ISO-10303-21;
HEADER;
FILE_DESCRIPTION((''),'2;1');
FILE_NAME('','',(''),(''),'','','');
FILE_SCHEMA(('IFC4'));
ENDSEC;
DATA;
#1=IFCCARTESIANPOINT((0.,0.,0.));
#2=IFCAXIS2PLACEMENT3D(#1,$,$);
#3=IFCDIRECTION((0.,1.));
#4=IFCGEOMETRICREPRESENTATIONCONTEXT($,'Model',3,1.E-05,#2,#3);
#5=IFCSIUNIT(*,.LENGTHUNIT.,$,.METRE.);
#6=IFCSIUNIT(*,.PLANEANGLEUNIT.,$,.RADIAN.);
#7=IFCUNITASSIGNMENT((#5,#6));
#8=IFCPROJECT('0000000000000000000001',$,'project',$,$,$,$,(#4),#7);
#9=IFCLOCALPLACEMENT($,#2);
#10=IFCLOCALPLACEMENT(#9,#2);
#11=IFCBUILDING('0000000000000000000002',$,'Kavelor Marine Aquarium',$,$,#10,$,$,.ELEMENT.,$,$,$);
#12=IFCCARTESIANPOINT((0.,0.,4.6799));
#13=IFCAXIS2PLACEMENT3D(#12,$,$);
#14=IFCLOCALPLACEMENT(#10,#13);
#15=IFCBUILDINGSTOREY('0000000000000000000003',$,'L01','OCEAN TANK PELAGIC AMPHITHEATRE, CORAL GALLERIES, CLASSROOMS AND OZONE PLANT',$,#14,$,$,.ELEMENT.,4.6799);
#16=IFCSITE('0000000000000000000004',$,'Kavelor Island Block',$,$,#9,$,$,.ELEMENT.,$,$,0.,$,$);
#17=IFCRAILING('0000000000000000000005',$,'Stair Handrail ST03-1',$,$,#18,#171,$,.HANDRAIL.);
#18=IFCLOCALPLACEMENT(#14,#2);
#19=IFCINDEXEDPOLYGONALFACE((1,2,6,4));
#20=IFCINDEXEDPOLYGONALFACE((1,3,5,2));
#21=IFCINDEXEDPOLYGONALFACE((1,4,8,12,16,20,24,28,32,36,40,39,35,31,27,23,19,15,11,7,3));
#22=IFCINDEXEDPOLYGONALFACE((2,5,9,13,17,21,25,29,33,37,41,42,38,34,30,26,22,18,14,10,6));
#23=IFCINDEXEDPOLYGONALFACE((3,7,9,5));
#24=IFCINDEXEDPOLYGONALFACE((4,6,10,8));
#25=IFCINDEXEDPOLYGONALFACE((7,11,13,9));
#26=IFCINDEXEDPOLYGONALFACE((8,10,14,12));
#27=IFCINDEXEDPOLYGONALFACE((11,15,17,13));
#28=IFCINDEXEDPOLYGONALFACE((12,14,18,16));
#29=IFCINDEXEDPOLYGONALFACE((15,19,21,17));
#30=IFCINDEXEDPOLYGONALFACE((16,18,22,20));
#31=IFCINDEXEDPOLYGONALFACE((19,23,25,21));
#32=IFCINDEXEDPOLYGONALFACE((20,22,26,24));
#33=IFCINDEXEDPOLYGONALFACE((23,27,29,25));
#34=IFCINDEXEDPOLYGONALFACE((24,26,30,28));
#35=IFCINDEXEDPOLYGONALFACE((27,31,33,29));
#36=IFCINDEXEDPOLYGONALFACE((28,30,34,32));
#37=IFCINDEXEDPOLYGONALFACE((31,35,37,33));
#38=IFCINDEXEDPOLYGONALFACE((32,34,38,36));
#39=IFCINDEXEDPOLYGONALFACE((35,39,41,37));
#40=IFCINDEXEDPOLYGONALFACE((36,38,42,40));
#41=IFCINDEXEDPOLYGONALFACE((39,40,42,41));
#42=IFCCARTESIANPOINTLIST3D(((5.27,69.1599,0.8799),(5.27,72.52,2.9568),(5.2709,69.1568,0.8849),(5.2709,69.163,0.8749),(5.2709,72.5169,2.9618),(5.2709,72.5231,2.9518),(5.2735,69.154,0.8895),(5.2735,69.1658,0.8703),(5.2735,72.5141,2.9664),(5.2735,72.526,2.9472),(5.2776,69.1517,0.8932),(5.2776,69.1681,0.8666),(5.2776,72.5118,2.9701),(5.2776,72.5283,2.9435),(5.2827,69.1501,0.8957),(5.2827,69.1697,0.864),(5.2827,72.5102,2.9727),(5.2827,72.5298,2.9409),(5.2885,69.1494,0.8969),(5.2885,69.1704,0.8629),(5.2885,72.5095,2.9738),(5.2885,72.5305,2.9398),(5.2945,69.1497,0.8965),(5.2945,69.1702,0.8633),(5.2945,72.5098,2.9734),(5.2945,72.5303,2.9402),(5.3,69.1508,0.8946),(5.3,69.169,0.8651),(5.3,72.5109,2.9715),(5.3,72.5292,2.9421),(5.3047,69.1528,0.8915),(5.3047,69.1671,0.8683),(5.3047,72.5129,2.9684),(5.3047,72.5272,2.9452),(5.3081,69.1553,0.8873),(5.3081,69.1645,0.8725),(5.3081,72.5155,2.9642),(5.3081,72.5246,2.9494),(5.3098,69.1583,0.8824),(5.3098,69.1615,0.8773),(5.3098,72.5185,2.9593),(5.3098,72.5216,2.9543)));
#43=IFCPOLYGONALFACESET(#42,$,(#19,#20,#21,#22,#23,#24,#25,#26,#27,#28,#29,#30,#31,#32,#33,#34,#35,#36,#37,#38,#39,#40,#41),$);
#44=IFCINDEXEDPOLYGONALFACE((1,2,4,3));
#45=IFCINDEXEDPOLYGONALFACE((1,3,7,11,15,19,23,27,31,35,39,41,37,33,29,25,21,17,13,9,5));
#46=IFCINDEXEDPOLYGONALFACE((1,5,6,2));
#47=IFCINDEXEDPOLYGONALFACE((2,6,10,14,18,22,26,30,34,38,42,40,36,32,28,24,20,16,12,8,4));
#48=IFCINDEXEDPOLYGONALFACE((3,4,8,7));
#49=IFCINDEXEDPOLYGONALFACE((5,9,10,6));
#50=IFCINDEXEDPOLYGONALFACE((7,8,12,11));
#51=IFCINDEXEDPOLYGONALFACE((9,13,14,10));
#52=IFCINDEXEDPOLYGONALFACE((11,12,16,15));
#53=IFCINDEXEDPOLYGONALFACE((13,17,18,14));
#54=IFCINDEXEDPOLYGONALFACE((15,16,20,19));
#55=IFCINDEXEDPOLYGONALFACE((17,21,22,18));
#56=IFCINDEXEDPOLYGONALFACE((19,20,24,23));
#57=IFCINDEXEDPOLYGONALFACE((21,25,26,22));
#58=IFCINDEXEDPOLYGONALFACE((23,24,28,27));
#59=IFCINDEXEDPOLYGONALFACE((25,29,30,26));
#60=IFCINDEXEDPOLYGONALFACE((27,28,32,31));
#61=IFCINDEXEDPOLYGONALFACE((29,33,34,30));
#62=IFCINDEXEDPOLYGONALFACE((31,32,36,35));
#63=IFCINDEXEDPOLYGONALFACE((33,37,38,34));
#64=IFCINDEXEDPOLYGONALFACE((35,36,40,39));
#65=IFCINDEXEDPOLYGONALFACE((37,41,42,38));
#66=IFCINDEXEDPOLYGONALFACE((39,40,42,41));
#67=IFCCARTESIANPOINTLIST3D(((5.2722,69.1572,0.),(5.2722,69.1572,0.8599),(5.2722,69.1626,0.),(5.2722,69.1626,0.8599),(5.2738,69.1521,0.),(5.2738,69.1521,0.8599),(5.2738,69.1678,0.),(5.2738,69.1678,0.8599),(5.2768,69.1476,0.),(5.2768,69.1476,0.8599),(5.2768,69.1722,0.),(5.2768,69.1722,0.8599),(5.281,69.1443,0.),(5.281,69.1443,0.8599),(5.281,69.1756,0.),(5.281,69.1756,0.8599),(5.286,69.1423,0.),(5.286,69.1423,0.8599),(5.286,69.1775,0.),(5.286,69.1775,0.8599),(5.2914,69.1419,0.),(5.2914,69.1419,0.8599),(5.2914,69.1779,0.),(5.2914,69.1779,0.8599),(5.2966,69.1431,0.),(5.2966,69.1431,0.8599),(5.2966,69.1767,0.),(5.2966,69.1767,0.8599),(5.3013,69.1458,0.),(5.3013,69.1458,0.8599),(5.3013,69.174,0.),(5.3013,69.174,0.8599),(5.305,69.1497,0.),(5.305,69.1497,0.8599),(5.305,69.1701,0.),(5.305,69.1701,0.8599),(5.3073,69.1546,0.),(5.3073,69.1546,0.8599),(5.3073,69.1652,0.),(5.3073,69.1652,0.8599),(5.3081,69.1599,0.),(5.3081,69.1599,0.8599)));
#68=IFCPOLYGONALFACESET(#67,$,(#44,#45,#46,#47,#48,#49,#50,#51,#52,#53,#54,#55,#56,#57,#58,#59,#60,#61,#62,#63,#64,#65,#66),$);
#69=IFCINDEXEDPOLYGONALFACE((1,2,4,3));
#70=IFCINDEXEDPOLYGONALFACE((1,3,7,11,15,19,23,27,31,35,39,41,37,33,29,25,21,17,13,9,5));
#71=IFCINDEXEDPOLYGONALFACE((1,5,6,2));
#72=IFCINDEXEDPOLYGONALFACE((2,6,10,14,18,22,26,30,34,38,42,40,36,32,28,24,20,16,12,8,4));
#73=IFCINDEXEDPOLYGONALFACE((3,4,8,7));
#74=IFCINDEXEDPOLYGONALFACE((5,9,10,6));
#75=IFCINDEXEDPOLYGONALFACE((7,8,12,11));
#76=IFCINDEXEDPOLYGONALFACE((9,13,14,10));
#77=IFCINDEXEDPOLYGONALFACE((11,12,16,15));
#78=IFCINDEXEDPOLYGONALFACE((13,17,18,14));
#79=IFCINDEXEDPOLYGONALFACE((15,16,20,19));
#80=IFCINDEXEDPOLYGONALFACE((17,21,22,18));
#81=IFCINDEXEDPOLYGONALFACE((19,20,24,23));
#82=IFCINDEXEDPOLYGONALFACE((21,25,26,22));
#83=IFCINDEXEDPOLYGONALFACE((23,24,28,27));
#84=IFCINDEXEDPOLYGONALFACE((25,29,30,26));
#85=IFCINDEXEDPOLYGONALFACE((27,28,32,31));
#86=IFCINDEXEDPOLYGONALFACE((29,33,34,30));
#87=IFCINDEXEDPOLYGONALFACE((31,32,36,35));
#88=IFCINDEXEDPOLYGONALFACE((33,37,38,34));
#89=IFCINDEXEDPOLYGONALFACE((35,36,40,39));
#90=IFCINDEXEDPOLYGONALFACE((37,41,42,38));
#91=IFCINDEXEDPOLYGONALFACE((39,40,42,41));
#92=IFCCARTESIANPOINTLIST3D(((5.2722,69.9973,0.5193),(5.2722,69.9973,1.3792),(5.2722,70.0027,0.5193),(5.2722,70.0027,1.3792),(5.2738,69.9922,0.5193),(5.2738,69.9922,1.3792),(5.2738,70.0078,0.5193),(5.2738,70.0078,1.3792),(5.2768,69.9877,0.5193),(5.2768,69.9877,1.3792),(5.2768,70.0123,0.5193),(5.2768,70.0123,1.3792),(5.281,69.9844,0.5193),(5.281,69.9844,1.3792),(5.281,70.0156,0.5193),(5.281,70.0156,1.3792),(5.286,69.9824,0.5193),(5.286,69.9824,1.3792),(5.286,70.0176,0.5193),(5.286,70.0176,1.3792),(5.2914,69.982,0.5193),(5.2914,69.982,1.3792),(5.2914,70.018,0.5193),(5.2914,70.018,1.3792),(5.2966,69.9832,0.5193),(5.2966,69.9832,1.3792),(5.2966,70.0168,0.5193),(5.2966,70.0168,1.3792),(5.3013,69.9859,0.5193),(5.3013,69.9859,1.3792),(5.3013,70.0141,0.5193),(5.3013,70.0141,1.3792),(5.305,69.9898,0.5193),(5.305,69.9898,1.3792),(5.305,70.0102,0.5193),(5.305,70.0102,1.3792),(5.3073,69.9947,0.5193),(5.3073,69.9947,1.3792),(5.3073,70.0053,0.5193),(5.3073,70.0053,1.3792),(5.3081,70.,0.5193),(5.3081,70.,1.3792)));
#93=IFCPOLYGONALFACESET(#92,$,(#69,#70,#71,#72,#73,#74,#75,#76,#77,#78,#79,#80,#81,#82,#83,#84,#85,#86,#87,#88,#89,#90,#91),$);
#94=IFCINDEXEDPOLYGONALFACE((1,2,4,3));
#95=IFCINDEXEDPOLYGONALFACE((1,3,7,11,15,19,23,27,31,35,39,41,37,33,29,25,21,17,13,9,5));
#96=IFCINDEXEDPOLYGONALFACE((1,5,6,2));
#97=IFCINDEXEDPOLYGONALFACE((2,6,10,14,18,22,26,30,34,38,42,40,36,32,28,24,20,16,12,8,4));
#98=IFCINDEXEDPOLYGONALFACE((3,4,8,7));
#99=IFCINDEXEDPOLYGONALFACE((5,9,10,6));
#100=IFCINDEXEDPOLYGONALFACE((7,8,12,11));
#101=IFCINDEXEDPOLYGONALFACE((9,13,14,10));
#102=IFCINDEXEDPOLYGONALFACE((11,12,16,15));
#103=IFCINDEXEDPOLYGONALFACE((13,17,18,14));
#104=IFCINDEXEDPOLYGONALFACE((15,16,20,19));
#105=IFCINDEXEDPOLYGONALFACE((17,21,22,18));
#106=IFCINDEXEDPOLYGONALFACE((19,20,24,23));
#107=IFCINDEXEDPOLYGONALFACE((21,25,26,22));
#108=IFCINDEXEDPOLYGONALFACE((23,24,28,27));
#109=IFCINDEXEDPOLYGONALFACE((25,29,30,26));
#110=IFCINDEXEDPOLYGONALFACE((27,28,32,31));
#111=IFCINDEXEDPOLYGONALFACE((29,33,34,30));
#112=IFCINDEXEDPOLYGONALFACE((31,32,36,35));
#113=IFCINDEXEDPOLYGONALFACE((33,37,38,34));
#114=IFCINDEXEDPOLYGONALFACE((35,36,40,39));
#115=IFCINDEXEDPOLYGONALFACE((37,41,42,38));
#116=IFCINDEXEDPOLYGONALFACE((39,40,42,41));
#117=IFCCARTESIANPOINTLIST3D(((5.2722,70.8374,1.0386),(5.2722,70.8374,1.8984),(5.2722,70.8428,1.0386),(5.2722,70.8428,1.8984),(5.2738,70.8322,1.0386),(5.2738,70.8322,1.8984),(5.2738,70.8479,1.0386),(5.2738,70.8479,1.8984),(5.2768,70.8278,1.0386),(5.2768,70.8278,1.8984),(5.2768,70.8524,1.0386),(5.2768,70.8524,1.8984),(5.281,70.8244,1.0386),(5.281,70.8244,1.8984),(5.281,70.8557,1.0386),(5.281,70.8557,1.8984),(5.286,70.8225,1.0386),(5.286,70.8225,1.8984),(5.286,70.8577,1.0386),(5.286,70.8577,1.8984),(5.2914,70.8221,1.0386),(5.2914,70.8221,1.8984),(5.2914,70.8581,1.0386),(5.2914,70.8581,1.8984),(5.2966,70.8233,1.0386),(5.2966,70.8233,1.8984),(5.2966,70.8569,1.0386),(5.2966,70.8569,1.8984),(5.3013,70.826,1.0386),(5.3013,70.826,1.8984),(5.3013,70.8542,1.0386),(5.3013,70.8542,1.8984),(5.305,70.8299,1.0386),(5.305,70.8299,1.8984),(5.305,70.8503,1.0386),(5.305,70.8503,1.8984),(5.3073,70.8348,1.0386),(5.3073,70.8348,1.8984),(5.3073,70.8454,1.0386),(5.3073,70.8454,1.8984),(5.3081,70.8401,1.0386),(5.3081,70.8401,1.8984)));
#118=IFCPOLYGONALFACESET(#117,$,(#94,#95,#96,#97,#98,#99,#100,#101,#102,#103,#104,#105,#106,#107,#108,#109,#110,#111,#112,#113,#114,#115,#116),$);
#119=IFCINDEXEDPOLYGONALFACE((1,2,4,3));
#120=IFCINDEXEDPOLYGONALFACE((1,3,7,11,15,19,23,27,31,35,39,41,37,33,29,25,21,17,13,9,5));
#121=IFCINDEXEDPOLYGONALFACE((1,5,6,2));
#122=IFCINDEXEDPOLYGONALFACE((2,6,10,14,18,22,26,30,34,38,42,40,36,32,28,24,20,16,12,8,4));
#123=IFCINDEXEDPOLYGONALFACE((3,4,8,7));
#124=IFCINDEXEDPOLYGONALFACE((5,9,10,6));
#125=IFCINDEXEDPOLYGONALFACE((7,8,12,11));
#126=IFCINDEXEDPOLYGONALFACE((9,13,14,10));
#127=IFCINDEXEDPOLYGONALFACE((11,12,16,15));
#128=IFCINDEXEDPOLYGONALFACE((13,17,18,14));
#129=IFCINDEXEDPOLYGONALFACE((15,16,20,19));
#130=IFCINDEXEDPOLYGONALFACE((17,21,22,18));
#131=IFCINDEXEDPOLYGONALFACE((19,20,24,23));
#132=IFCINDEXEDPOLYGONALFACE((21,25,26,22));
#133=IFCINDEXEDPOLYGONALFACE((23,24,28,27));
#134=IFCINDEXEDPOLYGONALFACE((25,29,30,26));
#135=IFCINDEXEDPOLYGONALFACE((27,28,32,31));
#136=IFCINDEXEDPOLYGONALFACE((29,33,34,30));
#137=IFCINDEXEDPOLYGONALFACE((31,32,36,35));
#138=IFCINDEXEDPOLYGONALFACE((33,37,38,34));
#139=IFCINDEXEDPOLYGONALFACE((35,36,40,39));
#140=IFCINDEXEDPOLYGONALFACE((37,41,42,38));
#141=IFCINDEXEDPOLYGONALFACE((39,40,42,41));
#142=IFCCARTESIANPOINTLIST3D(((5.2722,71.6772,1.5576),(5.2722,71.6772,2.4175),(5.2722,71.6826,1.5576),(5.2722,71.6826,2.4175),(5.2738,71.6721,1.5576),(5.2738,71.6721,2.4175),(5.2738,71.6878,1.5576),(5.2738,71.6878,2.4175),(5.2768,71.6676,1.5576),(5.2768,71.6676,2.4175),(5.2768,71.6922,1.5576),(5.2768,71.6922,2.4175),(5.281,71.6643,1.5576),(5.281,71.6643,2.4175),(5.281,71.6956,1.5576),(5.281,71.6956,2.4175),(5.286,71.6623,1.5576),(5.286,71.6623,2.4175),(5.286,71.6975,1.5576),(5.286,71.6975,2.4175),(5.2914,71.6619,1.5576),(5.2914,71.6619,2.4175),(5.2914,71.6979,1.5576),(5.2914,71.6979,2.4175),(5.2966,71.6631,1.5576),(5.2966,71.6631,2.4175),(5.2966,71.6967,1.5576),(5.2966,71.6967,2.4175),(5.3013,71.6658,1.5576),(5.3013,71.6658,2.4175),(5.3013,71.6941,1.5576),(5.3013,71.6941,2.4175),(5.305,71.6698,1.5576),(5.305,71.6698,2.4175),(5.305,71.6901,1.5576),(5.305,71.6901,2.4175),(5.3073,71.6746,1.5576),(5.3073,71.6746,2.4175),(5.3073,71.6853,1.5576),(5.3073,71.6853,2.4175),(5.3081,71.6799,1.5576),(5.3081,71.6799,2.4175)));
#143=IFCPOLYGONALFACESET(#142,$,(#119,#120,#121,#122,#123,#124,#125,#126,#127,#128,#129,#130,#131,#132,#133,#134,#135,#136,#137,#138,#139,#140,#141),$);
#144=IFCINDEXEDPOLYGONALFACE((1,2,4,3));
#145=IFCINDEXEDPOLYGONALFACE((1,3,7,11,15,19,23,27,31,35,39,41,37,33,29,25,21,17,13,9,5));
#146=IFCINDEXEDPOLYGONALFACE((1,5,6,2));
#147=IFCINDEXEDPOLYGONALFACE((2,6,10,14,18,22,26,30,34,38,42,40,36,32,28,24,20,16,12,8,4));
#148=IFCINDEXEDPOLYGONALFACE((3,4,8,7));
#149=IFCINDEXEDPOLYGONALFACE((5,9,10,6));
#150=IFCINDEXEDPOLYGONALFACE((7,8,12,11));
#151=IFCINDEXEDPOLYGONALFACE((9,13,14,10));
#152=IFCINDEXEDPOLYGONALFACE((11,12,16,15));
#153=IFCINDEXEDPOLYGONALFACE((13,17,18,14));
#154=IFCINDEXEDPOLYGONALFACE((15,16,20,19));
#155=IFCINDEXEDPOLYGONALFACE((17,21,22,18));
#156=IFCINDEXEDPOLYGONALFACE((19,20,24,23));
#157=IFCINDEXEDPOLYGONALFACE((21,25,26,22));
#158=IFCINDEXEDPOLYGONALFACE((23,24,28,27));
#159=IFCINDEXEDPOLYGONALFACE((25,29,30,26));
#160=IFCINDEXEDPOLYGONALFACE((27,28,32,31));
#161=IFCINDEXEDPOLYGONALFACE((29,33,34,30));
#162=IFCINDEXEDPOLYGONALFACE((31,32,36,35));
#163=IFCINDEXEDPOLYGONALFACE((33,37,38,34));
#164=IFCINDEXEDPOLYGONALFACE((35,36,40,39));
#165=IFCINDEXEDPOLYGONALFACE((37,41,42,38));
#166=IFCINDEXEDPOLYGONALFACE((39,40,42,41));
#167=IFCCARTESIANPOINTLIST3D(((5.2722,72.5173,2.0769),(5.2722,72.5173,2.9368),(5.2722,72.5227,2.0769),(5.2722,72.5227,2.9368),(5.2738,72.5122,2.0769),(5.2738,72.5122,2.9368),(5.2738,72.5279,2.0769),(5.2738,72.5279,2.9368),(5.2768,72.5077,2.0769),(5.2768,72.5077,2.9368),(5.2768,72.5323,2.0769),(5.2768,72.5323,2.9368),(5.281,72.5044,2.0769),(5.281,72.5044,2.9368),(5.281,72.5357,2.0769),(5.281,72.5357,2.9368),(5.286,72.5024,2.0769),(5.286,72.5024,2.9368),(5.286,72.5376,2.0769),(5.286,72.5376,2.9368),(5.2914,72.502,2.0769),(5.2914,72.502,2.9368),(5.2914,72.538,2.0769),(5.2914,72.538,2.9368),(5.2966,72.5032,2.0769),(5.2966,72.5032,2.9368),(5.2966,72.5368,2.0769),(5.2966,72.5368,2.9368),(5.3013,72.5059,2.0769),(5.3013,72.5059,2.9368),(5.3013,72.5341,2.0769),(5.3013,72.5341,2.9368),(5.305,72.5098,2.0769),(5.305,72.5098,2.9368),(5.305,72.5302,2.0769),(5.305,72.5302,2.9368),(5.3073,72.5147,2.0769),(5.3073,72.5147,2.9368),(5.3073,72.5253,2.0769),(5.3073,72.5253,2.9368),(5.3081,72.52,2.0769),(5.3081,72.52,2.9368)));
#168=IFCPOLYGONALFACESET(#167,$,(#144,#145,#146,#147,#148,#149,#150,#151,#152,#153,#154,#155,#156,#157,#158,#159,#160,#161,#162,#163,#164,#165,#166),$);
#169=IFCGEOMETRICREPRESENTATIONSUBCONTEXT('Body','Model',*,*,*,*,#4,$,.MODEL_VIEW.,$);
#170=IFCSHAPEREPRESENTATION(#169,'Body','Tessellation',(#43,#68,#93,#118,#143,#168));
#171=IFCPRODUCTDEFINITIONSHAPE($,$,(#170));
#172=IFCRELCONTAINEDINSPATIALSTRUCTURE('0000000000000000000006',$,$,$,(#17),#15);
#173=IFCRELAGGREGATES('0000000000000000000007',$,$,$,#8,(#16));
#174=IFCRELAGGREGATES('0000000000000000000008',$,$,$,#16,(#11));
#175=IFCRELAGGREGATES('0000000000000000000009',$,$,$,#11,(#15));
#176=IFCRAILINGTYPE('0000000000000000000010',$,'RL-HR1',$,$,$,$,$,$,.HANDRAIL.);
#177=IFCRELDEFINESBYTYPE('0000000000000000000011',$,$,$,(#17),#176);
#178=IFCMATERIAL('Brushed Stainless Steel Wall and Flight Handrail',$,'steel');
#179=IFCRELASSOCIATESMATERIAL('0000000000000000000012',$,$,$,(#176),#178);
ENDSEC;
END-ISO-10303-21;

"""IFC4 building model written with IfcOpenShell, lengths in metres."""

from ifc_helpers import new_model, si_unit, direction, frame, origin, origin_2d, place, context, subcontext, project, spatial, circle, extrude, material, type_object, element, save


model = new_model("IFC4")

# Units and contexts
model_context = context("Model", 3, precision=1e-05, world=origin(), true_north=direction((0.0, 1.0)))
body_context = subcontext(model_context, "Body", "Model", "MODEL_VIEW")
ifc_project = project(units=[si_unit("LENGTHUNIT", "METRE"), si_unit("PLANEANGLEUNIT", "RADIAN")], contexts=[model_context])

# Site, building, storey
site_placement = place(None, origin())
site = spatial("IfcSite", under=ifc_project, at=site_placement, Name="Kavelor Island Block", CompositionType="ELEMENT", RefElevation=0.0)
building_placement = place(site_placement, origin())
building = spatial("IfcBuilding", under=site, at=building_placement, Name="Kavelor Marine Aquarium", CompositionType="ELEMENT")
storey_placement = place(building_placement, frame((0.0, 0.0, 4.6799)))
storey = spatial("IfcBuildingStorey", under=building, at=storey_placement, Name="L01", Description="OCEAN TANK PELAGIC AMPHITHEATRE, CORAL GALLERIES, CLASSROOMS AND OZONE PLANT", CompositionType="ELEMENT", Elevation=4.6799)

# Railing
ifc_material_1 = material(Name="Brushed Stainless Steel Wall and Flight Handrail", Category="steel")
railing_type_1 = type_object("IfcRailingType", Name="RL-HR1", PredefinedType="HANDRAIL", material=ifc_material_1)
railing_1_placement = place(storey_placement, frame((5.29, 69.1599, 0.0)))
element("IfcRailing", 1, at=railing_1_placement, inside=storey, type_object=railing_type_1, Name="Stair Handrail ST03-1", PredefinedType="HANDRAIL", context=body_context, shape_type="SweptSolid", body=[
    extrude(circle(Radius=0.02, at=origin_2d()), frame((0.0, 0.0, 0.8799), z_axis=(0.0, 0.850623, 0.525776), x_axis=(-1.0, 0.0, 0.0)), (0.0, 0.0, 1.0), 3.9502),
    extrude(circle(Radius=0.0181, at=origin_2d()), origin(), (0.0, 0.0, 1.0), 0.8599),
    extrude(circle(Radius=0.0181, at=origin_2d()), frame((0.0, 0.8401, 0.5193)), (0.0, 0.0, 1.0), 0.8599),
    extrude(circle(Radius=0.0181, at=origin_2d()), frame((0.0, 1.6802, 1.0386)), (0.0, 0.0, 1.0), 0.8599),
    extrude(circle(Radius=0.0181, at=origin_2d()), frame((0.0, 2.52, 1.5576)), (0.0, 0.0, 1.0), 0.8599),
    extrude(circle(Radius=0.0181, at=origin_2d()), frame((0.0, 3.3601, 2.0769)), (0.0, 0.0, 1.0), 0.8599),
])

save(model, "model.ifc")
